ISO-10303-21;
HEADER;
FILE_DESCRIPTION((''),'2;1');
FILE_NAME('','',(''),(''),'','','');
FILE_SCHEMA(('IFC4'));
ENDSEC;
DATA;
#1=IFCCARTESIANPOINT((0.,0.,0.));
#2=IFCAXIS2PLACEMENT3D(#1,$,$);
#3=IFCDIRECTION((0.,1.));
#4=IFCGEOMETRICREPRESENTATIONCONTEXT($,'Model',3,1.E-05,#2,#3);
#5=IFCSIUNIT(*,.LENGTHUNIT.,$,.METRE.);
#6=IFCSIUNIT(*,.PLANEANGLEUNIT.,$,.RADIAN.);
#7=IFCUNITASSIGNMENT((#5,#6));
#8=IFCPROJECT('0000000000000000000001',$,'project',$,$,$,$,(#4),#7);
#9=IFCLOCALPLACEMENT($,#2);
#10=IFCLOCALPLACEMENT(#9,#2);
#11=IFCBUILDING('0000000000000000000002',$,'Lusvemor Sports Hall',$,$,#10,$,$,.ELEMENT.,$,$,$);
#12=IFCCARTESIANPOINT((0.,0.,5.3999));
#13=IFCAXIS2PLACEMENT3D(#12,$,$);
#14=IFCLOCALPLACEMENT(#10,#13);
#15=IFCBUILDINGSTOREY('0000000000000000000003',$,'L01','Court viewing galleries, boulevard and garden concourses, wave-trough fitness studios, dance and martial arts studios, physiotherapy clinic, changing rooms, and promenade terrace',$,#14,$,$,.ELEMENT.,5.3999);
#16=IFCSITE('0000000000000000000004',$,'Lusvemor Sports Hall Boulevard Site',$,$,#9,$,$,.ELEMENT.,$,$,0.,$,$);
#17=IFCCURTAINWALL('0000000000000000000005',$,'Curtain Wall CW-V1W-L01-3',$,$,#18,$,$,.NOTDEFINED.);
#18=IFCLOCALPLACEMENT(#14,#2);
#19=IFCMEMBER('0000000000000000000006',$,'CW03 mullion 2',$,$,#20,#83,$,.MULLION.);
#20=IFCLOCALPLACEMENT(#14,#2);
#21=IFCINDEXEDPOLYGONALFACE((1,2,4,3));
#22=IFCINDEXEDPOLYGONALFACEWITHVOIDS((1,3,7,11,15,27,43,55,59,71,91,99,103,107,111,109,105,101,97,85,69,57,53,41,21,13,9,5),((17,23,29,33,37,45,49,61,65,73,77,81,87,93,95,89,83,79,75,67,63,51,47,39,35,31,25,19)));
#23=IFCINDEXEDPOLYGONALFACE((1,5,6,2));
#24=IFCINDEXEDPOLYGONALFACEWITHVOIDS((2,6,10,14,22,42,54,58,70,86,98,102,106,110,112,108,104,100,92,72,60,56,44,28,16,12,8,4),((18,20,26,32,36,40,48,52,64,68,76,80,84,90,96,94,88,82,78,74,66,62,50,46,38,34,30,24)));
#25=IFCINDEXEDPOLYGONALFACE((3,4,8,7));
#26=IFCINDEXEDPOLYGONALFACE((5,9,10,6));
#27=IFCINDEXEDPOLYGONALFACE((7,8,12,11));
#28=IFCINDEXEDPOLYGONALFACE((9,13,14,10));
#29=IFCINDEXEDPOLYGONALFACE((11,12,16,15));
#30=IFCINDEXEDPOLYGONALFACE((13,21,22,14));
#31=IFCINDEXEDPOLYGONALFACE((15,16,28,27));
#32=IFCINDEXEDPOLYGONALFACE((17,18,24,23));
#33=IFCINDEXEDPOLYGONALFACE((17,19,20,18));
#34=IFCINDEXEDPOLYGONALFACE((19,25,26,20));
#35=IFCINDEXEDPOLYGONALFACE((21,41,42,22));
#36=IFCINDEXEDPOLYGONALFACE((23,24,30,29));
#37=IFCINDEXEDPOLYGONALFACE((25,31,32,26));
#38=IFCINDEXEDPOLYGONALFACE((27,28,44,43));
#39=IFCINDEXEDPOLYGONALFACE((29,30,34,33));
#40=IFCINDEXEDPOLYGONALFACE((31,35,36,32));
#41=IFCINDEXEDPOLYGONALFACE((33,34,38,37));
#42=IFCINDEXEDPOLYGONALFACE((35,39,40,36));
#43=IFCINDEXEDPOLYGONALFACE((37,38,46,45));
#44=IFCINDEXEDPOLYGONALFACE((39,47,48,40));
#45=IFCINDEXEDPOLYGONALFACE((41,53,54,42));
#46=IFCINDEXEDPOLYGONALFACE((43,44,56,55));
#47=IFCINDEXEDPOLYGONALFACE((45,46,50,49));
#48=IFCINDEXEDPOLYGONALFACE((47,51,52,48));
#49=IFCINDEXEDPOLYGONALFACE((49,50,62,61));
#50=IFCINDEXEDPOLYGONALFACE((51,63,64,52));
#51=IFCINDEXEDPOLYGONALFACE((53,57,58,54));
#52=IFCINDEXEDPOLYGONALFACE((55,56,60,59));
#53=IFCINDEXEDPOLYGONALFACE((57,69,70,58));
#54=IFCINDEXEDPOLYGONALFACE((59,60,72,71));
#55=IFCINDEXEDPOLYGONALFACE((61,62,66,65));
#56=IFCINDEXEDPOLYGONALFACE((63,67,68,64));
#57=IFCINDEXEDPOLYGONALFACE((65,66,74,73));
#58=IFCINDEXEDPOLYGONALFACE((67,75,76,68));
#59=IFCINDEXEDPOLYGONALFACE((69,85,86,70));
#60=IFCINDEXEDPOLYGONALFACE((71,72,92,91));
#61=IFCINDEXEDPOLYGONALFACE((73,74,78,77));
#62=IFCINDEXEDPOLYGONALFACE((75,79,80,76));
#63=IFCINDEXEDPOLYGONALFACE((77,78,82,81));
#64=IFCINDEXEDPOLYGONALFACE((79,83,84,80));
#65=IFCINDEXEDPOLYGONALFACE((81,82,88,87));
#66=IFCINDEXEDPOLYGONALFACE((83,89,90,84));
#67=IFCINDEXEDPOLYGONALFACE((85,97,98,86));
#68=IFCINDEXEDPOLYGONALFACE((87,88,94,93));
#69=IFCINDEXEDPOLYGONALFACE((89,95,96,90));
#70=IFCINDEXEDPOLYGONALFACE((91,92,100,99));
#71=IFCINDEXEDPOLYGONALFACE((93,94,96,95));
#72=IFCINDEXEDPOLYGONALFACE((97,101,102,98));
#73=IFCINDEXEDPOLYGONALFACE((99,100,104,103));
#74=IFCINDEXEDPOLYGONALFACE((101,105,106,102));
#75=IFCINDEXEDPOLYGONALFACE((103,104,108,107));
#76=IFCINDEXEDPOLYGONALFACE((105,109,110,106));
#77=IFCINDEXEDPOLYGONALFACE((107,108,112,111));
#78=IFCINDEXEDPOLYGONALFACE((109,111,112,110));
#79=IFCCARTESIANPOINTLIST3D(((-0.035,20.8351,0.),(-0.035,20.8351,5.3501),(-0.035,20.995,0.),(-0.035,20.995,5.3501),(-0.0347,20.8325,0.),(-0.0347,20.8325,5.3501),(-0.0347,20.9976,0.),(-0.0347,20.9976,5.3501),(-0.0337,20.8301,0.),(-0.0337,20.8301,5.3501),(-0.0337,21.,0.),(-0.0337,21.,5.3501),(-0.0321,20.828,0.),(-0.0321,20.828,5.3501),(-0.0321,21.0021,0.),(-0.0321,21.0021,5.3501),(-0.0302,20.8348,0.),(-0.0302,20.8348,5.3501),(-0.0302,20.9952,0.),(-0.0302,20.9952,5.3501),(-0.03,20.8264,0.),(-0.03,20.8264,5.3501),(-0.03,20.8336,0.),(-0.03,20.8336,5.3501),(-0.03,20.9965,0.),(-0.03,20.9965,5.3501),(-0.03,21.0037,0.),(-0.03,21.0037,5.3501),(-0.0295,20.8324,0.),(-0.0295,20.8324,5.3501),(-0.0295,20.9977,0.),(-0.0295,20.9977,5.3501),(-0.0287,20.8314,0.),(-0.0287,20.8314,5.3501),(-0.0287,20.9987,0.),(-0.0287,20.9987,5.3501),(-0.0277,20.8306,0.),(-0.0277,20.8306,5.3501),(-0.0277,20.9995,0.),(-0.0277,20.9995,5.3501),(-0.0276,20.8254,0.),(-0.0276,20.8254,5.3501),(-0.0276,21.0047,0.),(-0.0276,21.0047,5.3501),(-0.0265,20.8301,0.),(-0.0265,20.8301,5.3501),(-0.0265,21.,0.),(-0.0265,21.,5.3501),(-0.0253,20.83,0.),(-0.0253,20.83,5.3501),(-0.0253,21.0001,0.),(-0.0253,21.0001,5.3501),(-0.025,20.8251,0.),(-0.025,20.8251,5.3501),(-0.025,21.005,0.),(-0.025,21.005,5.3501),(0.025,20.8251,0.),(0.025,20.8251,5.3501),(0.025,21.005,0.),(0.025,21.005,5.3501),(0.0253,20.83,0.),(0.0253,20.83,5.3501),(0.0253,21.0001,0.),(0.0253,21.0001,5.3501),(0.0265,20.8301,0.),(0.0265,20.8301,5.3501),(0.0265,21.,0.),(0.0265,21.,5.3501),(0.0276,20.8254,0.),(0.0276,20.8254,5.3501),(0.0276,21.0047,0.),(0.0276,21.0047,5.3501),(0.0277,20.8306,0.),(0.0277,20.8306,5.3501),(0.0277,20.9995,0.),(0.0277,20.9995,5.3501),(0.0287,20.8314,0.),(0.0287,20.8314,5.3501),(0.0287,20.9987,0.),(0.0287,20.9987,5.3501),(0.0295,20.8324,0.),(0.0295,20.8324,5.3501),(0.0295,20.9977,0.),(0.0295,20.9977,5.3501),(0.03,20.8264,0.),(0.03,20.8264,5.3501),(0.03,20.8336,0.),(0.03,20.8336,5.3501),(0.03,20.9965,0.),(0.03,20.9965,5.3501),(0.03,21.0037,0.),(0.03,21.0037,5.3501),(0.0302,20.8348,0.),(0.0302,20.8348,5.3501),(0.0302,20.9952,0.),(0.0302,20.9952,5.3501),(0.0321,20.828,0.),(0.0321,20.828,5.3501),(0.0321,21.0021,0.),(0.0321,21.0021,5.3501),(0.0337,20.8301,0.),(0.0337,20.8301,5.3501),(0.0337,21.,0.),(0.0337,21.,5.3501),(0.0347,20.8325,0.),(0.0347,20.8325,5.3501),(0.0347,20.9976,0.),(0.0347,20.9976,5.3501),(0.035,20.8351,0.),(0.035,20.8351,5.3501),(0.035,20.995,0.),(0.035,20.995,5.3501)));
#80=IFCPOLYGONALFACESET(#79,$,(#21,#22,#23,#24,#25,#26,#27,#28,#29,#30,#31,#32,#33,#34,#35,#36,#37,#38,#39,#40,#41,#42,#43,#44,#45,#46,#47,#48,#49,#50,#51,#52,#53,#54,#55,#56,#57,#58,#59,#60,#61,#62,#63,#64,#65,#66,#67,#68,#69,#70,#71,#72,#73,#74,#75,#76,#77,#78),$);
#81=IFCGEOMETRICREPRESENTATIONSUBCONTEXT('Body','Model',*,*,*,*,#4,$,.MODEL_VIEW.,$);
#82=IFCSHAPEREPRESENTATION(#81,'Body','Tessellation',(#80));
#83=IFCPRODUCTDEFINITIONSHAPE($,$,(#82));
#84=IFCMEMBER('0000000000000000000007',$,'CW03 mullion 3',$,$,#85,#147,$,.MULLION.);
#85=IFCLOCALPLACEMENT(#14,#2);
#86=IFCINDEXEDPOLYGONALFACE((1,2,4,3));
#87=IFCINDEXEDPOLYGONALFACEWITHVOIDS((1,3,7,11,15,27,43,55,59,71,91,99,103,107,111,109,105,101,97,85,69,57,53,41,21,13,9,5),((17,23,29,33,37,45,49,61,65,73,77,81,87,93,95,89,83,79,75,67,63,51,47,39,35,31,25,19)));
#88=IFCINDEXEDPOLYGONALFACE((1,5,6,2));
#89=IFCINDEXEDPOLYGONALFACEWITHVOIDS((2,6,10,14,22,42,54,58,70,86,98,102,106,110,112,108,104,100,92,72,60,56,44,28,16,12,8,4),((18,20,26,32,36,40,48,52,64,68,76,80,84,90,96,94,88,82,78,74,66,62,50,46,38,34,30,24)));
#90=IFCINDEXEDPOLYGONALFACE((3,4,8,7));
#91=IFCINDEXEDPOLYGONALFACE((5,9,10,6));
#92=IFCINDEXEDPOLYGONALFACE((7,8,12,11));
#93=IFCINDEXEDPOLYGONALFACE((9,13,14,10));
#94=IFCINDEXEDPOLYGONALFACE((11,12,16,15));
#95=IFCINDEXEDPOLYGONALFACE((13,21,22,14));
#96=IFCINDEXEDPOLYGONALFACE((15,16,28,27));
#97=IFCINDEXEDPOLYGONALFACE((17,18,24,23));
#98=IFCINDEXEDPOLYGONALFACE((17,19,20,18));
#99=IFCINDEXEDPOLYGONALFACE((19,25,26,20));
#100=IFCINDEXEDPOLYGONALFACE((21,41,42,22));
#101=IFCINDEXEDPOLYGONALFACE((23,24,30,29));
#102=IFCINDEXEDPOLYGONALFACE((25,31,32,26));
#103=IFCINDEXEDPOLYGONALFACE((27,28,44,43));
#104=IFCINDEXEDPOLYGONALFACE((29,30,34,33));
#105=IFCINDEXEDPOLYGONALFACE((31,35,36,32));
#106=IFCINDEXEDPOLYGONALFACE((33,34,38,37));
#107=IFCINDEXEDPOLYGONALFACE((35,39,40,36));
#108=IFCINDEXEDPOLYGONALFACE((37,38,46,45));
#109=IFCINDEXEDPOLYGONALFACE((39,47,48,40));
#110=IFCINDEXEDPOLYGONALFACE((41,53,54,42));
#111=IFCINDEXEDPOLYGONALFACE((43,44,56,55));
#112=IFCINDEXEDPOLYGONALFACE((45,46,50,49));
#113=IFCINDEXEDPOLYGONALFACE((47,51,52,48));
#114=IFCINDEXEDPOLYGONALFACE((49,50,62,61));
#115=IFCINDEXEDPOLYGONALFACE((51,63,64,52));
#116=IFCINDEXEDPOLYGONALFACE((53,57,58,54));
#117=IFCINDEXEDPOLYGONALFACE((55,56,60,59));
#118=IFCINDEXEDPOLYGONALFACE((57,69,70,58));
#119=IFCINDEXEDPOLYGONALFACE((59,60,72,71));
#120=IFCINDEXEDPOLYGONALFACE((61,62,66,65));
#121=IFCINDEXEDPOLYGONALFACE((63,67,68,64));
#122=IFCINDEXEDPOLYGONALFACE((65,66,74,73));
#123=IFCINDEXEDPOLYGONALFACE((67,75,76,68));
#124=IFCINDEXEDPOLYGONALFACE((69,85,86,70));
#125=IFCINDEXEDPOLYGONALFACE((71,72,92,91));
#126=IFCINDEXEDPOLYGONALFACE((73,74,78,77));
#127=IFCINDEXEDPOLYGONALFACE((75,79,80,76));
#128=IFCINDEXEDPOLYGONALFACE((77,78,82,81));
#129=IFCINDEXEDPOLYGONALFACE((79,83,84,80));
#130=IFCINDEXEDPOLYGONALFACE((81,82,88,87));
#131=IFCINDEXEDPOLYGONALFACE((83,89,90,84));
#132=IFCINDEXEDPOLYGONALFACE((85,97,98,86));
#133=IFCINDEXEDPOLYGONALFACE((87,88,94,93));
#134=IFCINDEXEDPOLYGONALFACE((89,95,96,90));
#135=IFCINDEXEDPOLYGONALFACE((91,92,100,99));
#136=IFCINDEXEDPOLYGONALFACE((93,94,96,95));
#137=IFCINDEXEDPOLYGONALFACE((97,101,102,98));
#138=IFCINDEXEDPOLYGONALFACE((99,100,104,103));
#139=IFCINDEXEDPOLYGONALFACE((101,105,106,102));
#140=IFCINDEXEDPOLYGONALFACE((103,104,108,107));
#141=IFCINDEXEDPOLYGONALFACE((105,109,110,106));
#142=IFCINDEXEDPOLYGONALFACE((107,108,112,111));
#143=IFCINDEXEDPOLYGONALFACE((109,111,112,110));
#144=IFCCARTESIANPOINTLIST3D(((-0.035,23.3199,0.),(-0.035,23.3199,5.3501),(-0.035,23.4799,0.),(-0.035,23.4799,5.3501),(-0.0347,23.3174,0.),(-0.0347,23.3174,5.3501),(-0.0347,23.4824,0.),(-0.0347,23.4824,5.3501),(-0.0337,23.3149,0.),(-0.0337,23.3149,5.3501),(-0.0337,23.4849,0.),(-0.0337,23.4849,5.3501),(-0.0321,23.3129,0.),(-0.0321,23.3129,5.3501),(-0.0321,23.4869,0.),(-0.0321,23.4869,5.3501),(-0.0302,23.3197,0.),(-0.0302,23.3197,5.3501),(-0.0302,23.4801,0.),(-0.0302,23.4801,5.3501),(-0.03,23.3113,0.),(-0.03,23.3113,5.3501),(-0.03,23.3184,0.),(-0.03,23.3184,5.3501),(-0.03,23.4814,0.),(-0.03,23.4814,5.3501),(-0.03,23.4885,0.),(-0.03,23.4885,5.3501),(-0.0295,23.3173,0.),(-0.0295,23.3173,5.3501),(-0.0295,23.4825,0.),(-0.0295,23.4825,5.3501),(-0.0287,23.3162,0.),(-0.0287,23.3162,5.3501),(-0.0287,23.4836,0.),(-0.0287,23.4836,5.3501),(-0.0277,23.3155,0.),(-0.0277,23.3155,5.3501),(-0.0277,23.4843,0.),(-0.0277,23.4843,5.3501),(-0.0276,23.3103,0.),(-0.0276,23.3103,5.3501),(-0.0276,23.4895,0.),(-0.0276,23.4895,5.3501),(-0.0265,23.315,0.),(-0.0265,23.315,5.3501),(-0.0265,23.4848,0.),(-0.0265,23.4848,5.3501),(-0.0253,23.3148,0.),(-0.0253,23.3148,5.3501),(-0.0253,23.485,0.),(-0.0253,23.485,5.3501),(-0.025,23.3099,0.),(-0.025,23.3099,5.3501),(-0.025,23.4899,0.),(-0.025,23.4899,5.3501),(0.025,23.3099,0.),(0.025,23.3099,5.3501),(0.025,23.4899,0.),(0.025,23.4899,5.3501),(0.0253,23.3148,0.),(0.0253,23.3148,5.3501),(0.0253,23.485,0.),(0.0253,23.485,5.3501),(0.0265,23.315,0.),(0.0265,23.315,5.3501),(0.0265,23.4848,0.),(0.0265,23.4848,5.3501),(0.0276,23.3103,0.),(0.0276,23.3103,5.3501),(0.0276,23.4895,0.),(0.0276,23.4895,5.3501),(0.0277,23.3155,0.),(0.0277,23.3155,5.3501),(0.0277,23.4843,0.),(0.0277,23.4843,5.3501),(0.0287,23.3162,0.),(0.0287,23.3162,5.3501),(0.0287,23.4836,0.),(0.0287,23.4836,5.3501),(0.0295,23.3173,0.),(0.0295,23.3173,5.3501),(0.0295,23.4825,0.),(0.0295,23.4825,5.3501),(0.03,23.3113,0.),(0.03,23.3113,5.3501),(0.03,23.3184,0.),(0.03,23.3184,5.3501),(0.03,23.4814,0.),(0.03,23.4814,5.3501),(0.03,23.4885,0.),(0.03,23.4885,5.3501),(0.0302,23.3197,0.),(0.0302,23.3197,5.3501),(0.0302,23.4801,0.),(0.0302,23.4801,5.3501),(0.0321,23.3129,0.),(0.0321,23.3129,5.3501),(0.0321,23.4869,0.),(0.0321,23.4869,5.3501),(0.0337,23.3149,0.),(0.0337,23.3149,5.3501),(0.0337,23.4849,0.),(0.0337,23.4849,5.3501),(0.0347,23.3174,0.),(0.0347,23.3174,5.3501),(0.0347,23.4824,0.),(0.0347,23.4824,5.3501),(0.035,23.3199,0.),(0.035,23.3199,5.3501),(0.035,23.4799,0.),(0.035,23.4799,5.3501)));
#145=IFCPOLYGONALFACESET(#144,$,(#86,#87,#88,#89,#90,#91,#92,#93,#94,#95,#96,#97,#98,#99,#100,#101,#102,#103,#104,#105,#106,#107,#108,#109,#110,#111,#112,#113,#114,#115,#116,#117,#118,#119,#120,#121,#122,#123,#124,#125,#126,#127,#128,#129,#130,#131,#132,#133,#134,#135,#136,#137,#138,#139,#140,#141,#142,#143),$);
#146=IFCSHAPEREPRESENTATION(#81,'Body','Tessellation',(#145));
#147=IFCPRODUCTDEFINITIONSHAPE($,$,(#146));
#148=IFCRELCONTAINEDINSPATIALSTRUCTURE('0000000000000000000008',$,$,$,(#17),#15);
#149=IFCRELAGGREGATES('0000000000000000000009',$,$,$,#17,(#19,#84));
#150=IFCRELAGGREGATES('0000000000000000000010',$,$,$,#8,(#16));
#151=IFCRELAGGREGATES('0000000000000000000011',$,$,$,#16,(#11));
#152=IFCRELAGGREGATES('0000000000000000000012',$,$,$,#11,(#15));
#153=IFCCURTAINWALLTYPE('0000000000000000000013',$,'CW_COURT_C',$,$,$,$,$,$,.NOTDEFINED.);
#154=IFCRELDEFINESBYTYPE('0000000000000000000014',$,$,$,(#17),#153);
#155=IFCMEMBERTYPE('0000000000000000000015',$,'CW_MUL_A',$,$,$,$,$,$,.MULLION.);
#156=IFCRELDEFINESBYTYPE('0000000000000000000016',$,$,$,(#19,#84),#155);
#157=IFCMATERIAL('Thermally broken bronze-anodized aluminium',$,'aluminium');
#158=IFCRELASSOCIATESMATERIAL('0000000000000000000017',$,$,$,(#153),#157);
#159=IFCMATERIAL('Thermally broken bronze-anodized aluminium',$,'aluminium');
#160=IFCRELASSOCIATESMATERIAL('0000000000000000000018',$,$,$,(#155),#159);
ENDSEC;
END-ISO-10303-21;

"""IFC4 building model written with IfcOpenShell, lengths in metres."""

from ifc_helpers import new_model, si_unit, direction, frame, origin, origin_2d, place, context, subcontext, project, spatial, hollow_rectangle, extrude, material, material_profile, profile_set, type_object, element, aggregate, save


model = new_model("IFC4")

# Units and contexts
model_context = context("Model", 3, precision=1e-05, world=origin(), true_north=direction((0.0, 1.0)))
body_context = subcontext(model_context, "Body", "Model", "MODEL_VIEW")
ifc_project = project(units=[si_unit("LENGTHUNIT", "METRE"), si_unit("PLANEANGLEUNIT", "RADIAN")], contexts=[model_context])

# Site, building, storey
site_placement = place(None, origin())
site = spatial("IfcSite", under=ifc_project, at=site_placement, Name="Lusvemor Sports Hall Boulevard Site", CompositionType="ELEMENT", RefElevation=0.0)
building_placement = place(site_placement, origin())
building = spatial("IfcBuilding", under=site, at=building_placement, Name="Lusvemor Sports Hall", CompositionType="ELEMENT")
storey_placement = place(building_placement, frame((0.0, 0.0, 5.3999)))
storey = spatial("IfcBuildingStorey", under=building, at=storey_placement, Name="L01", Description="Court viewing galleries, boulevard and garden concourses, wave-trough fitness studios, dance and martial arts studios, physiotherapy clinic, changing rooms, and promenade terrace", CompositionType="ELEMENT", Elevation=5.3999)

# Shared definitions
ifc_material_1 = material(Name="Thermally broken bronze-anodized aluminium", Category="aluminium")
curtain_wall_type = type_object("IfcCurtainWallType", Name="CW_COURT_C", PredefinedType="NOTDEFINED", material=ifc_material_1)
ifc_material_2 = material(Name="Thermally broken bronze-anodized aluminium", Category="aluminium")
ifc_material_profile_1 = material_profile(ifc_material_2, hollow_rectangle(XDim=0.0701, YDim=0.1799, WallThickness=0.0049, InnerFilletRadius=0.0049, OuterFilletRadius=0.01, at=origin_2d()), Name="CWMUL180x70x5")
ifc_profile_set_1 = profile_set([ifc_material_profile_1], Name="Thermally broken bronze-anodized aluminium")
member_type_1 = type_object("IfcMemberType", Name="CW_MUL_A", PredefinedType="MULLION", material=ifc_profile_set_1)

# Curtain wall, members
curtain_wall_1_placement = place(storey_placement, origin())
curtain_wall_1 = element("IfcCurtainWall", 1, at=curtain_wall_1_placement, inside=storey, type_object=curtain_wall_type, Name="Curtain Wall CW-V1W-L01-3", PredefinedType="NOTDEFINED")
member_1_placement = place(storey_placement, frame((0.0, 20.915, 0.0), z_axis=(0.0, 0.0, 1.0), x_axis=(-1.0, 0.0, 0.0)))
member_1 = element("IfcMember", 2, at=member_1_placement, type_object=member_type_1, Name="CW03 mullion 2", PredefinedType="MULLION", context=body_context, shape_type="SweptSolid", body=[
    extrude(hollow_rectangle(XDim=0.0701, YDim=0.1799, WallThickness=0.0049, InnerFilletRadius=0.0049, OuterFilletRadius=0.01, at=origin_2d()), origin(), (0.0, 0.0, 1.0), 5.3501),
])
member_2_placement = place(storey_placement, frame((0.0, 23.3999, 0.0), z_axis=(0.0, 0.0, 1.0), x_axis=(-1.0, 0.0, 0.0)))
member_2 = element("IfcMember", 3, at=member_2_placement, type_object=member_type_1, Name="CW03 mullion 3", PredefinedType="MULLION", context=body_context, shape_type="SweptSolid", body=[
    extrude(hollow_rectangle(XDim=0.0701, YDim=0.1799, WallThickness=0.0049, InnerFilletRadius=0.0049, OuterFilletRadius=0.01, at=origin_2d()), origin(), (0.0, 0.0, 1.0), 5.3501),
])
aggregate(curtain_wall_1, [member_1, member_2])

save(model, "model.ifc")
